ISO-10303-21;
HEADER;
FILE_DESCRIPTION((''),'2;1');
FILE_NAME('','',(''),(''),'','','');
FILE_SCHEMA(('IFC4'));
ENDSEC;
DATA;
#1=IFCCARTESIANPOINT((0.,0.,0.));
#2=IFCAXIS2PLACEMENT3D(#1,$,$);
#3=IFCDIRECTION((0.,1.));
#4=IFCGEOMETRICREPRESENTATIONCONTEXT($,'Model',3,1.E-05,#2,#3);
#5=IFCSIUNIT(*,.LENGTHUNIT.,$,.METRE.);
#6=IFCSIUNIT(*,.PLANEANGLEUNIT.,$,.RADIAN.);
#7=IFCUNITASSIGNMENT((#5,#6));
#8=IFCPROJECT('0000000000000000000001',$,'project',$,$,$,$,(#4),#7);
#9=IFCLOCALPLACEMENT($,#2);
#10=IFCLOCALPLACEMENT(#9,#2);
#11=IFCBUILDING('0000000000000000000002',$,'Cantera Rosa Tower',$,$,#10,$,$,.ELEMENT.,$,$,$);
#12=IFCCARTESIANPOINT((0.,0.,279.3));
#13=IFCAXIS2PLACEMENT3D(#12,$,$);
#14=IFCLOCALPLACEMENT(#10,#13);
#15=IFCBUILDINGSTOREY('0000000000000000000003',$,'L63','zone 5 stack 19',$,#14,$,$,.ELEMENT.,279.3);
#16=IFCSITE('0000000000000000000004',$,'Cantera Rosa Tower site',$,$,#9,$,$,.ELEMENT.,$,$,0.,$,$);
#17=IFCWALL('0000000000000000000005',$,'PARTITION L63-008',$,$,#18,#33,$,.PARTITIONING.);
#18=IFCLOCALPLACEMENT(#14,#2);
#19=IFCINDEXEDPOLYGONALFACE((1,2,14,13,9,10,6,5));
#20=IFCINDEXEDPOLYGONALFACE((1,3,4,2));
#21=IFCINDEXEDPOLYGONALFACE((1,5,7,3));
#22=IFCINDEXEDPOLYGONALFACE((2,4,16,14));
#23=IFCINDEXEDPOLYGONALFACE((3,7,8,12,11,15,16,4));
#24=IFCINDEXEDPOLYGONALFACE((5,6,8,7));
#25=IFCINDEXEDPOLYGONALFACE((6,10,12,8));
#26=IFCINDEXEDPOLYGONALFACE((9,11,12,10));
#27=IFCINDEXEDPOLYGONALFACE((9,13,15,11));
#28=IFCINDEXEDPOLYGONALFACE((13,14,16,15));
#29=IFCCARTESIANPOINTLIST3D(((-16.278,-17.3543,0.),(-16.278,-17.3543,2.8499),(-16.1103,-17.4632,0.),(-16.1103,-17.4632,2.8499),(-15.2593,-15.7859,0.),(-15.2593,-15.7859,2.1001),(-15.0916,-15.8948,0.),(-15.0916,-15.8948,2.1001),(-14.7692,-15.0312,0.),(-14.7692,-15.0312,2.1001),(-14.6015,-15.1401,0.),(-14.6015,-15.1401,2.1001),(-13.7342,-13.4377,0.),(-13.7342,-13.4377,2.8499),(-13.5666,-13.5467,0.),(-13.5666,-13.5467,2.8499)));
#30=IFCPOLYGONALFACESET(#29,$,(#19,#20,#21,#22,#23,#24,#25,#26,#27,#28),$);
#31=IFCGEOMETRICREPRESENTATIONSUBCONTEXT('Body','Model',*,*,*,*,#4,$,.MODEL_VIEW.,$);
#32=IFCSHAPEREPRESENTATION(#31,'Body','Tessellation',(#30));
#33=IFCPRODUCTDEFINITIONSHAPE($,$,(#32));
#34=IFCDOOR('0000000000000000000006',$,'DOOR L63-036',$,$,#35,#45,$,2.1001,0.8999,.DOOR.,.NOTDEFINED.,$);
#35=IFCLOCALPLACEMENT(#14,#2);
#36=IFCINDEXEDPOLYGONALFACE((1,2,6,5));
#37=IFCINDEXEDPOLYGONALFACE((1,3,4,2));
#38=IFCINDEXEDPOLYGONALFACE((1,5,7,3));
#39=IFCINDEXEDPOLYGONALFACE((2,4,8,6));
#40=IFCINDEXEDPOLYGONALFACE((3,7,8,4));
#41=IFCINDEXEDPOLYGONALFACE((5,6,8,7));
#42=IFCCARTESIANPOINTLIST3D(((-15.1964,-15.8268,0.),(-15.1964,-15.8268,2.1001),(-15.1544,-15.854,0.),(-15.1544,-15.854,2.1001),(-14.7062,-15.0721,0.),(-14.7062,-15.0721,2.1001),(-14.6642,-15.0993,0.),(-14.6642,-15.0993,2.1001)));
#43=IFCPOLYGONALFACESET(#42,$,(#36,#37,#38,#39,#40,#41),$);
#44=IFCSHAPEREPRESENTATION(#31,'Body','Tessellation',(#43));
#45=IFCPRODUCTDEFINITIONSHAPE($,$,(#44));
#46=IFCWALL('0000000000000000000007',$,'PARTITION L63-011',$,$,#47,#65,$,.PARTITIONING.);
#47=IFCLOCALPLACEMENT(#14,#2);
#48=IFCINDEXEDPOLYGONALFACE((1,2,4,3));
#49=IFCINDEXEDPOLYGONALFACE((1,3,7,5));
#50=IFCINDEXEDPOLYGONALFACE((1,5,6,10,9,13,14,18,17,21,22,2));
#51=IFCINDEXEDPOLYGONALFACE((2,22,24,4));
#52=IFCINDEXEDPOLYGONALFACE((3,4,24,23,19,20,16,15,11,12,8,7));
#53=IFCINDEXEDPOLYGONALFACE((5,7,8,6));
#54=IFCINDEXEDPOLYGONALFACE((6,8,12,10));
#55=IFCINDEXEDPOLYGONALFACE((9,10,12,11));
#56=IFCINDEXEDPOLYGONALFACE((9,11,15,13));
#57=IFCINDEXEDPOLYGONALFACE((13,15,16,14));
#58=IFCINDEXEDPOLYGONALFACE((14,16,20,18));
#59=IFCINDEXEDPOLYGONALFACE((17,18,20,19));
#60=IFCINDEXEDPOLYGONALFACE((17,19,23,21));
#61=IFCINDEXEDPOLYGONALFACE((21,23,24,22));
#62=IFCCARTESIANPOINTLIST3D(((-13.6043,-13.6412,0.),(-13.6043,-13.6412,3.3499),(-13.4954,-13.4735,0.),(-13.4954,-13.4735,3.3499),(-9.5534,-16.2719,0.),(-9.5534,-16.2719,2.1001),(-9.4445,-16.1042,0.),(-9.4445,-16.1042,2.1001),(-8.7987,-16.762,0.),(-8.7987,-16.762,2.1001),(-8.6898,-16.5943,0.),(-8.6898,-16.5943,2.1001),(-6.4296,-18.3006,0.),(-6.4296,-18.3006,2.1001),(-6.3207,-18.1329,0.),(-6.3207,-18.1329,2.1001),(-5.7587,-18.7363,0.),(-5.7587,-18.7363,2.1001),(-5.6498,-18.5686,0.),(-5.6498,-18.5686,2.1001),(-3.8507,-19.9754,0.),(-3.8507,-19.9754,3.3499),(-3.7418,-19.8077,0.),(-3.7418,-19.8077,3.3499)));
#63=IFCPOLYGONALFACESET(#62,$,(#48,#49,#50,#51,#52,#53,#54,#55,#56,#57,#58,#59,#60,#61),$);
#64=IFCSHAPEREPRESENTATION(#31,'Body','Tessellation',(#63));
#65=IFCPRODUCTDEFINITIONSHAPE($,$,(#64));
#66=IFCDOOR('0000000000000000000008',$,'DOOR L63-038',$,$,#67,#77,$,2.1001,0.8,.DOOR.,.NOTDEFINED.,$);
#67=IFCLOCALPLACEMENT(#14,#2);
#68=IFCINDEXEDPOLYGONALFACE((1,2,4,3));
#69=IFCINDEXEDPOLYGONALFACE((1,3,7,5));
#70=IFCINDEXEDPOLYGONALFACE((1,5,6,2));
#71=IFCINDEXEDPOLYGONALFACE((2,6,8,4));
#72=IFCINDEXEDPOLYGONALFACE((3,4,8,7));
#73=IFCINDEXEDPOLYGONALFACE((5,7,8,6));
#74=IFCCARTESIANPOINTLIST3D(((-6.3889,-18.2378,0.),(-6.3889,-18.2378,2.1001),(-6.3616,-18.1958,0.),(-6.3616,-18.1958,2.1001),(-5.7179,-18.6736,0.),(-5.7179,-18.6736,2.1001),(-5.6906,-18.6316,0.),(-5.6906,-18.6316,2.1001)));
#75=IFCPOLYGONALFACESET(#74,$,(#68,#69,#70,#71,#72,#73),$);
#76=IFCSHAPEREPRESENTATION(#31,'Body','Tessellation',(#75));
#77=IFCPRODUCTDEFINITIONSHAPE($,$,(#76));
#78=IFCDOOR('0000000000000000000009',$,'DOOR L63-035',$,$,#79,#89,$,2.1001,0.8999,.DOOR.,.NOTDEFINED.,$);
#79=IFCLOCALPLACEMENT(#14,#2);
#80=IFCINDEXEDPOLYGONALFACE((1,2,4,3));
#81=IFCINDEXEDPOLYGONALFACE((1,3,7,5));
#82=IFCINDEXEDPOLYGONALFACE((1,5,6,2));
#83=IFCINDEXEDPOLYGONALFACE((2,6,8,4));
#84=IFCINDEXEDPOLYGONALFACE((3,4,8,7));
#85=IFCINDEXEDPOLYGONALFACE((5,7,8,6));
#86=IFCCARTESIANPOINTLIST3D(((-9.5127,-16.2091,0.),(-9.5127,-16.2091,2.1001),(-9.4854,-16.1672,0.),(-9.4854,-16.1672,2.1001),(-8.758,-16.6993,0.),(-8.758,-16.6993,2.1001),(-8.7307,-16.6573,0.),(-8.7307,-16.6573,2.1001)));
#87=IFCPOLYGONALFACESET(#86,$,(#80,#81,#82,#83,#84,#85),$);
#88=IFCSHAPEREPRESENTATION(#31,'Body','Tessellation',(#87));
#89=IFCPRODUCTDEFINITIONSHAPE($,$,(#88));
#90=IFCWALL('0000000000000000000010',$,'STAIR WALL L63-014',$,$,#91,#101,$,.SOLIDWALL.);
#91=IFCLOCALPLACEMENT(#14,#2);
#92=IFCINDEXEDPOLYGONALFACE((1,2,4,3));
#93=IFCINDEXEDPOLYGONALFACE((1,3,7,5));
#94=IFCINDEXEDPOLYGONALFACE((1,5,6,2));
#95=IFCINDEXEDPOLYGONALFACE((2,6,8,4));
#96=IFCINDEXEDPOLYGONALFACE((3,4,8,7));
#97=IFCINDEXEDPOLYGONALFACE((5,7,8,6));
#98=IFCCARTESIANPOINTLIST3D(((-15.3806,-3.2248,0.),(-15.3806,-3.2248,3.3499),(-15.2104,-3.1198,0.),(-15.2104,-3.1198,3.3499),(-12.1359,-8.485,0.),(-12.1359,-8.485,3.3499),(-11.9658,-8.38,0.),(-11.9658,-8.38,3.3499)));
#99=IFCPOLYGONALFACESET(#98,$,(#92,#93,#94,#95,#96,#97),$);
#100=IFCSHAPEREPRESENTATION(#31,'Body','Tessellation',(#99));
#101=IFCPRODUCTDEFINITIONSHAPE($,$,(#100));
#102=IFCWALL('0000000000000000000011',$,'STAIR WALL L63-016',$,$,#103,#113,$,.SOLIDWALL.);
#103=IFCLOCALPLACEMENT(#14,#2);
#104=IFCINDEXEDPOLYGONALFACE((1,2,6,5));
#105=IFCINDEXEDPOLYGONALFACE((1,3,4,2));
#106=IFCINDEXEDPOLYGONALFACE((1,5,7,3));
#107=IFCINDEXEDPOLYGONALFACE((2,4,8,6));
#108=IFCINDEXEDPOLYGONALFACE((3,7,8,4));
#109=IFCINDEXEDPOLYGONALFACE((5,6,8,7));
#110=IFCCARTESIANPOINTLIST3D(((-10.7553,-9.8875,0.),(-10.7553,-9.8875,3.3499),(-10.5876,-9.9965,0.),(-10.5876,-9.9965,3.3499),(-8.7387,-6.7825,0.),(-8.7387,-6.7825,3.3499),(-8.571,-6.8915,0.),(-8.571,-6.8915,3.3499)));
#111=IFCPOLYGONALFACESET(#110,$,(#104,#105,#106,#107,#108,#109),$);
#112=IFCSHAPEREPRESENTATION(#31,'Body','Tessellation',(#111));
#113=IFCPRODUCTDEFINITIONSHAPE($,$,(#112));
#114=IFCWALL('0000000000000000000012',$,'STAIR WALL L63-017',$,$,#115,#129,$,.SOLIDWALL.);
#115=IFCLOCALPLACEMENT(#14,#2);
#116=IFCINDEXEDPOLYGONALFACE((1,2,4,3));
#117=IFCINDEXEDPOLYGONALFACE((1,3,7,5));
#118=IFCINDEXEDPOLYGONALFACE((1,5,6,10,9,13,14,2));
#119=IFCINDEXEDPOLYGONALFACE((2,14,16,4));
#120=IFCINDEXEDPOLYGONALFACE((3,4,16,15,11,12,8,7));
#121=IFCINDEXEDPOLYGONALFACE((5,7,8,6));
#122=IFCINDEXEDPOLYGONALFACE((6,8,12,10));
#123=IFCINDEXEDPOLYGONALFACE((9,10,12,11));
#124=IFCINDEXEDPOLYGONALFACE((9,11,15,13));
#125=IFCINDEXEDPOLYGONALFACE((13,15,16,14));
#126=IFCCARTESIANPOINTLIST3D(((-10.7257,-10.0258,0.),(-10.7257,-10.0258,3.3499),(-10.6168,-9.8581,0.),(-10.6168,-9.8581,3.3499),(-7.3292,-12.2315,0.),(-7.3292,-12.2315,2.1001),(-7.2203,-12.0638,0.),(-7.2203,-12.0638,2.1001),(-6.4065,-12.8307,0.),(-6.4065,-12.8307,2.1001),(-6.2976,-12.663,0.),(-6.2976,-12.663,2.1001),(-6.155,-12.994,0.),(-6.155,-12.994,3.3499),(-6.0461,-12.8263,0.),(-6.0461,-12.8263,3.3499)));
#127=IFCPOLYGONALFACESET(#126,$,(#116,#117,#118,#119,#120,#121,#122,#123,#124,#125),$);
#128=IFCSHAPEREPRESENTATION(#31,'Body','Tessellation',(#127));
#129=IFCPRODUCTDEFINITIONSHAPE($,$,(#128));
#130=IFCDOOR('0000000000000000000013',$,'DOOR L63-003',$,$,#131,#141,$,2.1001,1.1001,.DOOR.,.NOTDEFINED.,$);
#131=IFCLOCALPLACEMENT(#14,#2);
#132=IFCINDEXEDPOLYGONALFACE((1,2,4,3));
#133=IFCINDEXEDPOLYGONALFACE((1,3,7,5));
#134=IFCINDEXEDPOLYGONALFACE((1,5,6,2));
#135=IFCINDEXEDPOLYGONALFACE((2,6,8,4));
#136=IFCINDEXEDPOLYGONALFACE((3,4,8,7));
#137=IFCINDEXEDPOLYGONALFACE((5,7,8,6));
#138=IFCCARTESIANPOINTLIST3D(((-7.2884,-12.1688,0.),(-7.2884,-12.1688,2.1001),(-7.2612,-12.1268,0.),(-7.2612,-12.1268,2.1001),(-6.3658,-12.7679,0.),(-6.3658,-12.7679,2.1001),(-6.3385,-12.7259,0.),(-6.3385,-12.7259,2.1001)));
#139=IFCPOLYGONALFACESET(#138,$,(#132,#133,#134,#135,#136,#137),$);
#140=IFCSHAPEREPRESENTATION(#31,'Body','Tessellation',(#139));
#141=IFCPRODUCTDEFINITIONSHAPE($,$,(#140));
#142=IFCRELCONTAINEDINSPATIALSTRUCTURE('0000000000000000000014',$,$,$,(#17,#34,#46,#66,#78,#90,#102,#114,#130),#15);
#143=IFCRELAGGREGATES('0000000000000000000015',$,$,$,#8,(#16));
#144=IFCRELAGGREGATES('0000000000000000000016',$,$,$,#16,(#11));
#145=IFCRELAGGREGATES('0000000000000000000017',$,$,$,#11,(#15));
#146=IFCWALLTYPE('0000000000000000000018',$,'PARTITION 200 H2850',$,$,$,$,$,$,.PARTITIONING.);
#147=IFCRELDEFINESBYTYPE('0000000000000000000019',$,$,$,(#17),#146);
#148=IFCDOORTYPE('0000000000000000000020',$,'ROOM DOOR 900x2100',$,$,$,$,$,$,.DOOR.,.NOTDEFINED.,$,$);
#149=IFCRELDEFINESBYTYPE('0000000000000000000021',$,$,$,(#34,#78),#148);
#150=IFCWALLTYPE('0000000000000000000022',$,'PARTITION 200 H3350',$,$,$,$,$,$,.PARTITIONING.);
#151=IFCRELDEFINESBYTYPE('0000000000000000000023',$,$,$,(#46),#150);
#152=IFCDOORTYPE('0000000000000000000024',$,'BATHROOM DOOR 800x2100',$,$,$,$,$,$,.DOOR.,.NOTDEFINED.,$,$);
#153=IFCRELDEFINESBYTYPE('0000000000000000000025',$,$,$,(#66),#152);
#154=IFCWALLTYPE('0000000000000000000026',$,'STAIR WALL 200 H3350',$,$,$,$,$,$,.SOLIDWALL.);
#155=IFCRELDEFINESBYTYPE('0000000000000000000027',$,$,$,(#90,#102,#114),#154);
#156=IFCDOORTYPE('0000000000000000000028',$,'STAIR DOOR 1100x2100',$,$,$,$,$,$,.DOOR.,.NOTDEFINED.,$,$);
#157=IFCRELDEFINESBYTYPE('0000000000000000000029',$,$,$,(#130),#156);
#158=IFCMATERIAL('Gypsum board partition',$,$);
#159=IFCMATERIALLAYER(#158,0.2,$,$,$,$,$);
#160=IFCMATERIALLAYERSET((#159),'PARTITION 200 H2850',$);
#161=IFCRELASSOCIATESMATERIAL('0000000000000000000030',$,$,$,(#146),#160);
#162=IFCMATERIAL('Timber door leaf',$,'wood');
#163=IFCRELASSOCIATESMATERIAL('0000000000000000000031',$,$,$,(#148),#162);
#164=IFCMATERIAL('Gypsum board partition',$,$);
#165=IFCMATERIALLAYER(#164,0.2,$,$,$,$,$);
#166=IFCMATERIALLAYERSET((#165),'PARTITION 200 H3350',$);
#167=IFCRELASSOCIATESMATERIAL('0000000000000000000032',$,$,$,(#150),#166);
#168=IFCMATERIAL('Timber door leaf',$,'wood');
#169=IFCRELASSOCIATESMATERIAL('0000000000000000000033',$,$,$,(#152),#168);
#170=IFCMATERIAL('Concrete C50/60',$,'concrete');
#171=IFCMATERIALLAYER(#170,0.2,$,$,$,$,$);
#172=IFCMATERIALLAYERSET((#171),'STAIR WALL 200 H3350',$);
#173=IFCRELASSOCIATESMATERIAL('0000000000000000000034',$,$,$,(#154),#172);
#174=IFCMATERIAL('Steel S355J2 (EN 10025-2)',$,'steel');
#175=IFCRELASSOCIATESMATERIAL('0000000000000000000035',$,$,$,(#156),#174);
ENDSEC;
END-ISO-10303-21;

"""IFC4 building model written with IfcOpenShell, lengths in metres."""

from ifc_helpers import new_model, si_unit, direction, frame, frame_2d, origin, place, context, subcontext, project, spatial, rectangle, extrude, material, layer, layer_set, type_object, element, fill, save


model = new_model("IFC4")

# Units and contexts
model_context = context("Model", 3, precision=1e-05, world=origin(), true_north=direction((0.0, 1.0)))
body_context = subcontext(model_context, "Body", "Model", "MODEL_VIEW")
ifc_project = project(units=[si_unit("LENGTHUNIT", "METRE"), si_unit("PLANEANGLEUNIT", "RADIAN")], contexts=[model_context])

# Site, building, storey
site_placement = place(None, origin())
site = spatial("IfcSite", under=ifc_project, at=site_placement, Name="Cantera Rosa Tower site", CompositionType="ELEMENT", RefElevation=0.0)
building_placement = place(site_placement, origin())
building = spatial("IfcBuilding", under=site, at=building_placement, Name="Cantera Rosa Tower", CompositionType="ELEMENT")
storey_placement = place(building_placement, frame((0.0, 0.0, 279.3)))
storey = spatial("IfcBuildingStorey", under=building, at=storey_placement, Name="L63", Description="zone 5 stack 19", CompositionType="ELEMENT", Elevation=279.3)

# Wall, opening, door
ifc_material_1 = material(Name="Gypsum board partition")
ifc_layer_1 = layer(ifc_material_1, 0.2)
ifc_layer_set_1 = layer_set([ifc_layer_1], Name="PARTITION 200 H2850")
wall_type_1 = type_object("IfcWallType", Name="PARTITION 200 H2850", PredefinedType="PARTITIONING", material=ifc_layer_set_1)
wall_1_placement = place(storey_placement, frame((-16.1941, -17.4087, 0.0), z_axis=(0.0, 0.0, 1.0), x_axis=(0.544683, 0.838642, 0.0)))
wall_1 = element("IfcWall", 1, at=wall_1_placement, inside=storey, type_object=wall_type_1, Name="PARTITION L63-008", PredefinedType="PARTITIONING", context=body_context, shape_type="SweptSolid", body=[
    extrude(rectangle(XDim=4.6702, YDim=0.2, at=frame_2d((2.335, 0.0))), origin(), (0.0, 0.0, 1.0), 2.8499),
])
opening_1_placement = place(wall_1_placement, frame((1.8701, 0.0, 0.0)))
opening_1 = element("IfcOpeningElement", 2, at=opening_1_placement, cuts=wall_1, PredefinedType="OPENING", context=body_context, shape_type="SweptSolid", body=[
    extrude(rectangle(XDim=0.8999, YDim=2.1001, at=frame_2d((0.45, 1.05))), frame((0.0, 0.1099, 0.0), z_axis=(0.0, -1.0, 0.0), x_axis=(1.0, 0.0, 0.0)), (0.0, 0.0, 1.0), 0.22),
])
ifc_material_2 = material(Name="Timber door leaf", Category="wood")
door_type_1 = type_object("IfcDoorType", Name="ROOM DOOR 900x2100", OperationType="NOTDEFINED", PredefinedType="DOOR", material=ifc_material_2)
door_1_placement = place(opening_1_placement, origin())
door_1 = element("IfcDoor", 3, at=door_1_placement, inside=storey, type_object=door_type_1, Name="DOOR L63-036", OperationType="NOTDEFINED", OverallHeight=2.1001, OverallWidth=0.8999, PredefinedType="DOOR", context=body_context, shape_type="SweptSolid", body=[
    extrude(rectangle(XDim=0.8999, YDim=2.1001, at=frame_2d((0.45, 1.05))), frame((0.0, 0.0249, 0.0), z_axis=(0.0, -1.0, 0.0), x_axis=(1.0, 0.0, 0.0)), (0.0, 0.0, 1.0), 0.05),
])
fill(opening_1, door_1)

# Wall, openings, doors
ifc_material_3 = material(Name="Gypsum board partition")
ifc_layer_2 = layer(ifc_material_3, 0.2)
ifc_layer_set_2 = layer_set([ifc_layer_2], Name="PARTITION 200 H3350")
wall_type_2 = type_object("IfcWallType", Name="PARTITION 200 H3350", PredefinedType="PARTITIONING", material=ifc_layer_set_2)
wall_2_placement = place(storey_placement, frame((-13.5498, -13.5574, 0.0), z_axis=(0.0, 0.0, 1.0), x_axis=(0.838666, -0.544647, 0.0)))
wall_2 = element("IfcWall", 4, at=wall_2_placement, inside=storey, type_object=wall_type_2, Name="PARTITION L63-011", PredefinedType="PARTITIONING", context=body_context, shape_type="SweptSolid", body=[
    extrude(rectangle(XDim=11.6299, YDim=0.2, at=frame_2d((5.8149, 0.0))), origin(), (0.0, 0.0, 1.0), 3.3499),
])
opening_2_placement = place(wall_2_placement, frame((4.8301, 0.0, 0.0)))
opening_2 = element("IfcOpeningElement", 5, at=opening_2_placement, cuts=wall_2, PredefinedType="OPENING", context=body_context, shape_type="SweptSolid", body=[
    extrude(rectangle(XDim=0.8999, YDim=2.1001, at=frame_2d((0.45, 1.05))), frame((0.0, 0.1099, 0.0), z_axis=(0.0, -1.0, 0.0), x_axis=(1.0, 0.0, 0.0)), (0.0, 0.0, 1.0), 0.22),
])
opening_3_placement = place(wall_2_placement, frame((8.5549, 0.0, 0.0)))
opening_3 = element("IfcOpeningElement", 6, at=opening_3_placement, cuts=wall_2, PredefinedType="OPENING", context=body_context, shape_type="SweptSolid", body=[
    extrude(rectangle(XDim=0.8, YDim=2.1001, at=frame_2d((0.3999, 1.05))), frame((0.0, 0.1099, 0.0), z_axis=(0.0, -1.0, 0.0), x_axis=(1.0, 0.0, 0.0)), (0.0, 0.0, 1.0), 0.22),
])
ifc_material_4 = material(Name="Timber door leaf", Category="wood")
door_type_2 = type_object("IfcDoorType", Name="BATHROOM DOOR 800x2100", OperationType="NOTDEFINED", PredefinedType="DOOR", material=ifc_material_4)
door_2_placement = place(opening_3_placement, origin())
door_2 = element("IfcDoor", 7, at=door_2_placement, inside=storey, type_object=door_type_2, Name="DOOR L63-038", OperationType="NOTDEFINED", OverallHeight=2.1001, OverallWidth=0.8, PredefinedType="DOOR", context=body_context, shape_type="SweptSolid", body=[
    extrude(rectangle(XDim=0.8, YDim=2.1001, at=frame_2d((0.3999, 1.05))), frame((0.0, 0.0249, 0.0), z_axis=(0.0, -1.0, 0.0), x_axis=(1.0, 0.0, 0.0)), (0.0, 0.0, 1.0), 0.05),
])
fill(opening_3, door_2)
door_3_placement = place(opening_2_placement, origin())
door_3 = element("IfcDoor", 8, at=door_3_placement, inside=storey, type_object=door_type_1, Name="DOOR L63-035", OperationType="NOTDEFINED", OverallHeight=2.1001, OverallWidth=0.8999, PredefinedType="DOOR", context=body_context, shape_type="SweptSolid", body=[
    extrude(rectangle(XDim=0.8999, YDim=2.1001, at=frame_2d((0.45, 1.05))), frame((0.0, 0.0249, 0.0), z_axis=(0.0, -1.0, 0.0), x_axis=(1.0, 0.0, 0.0)), (0.0, 0.0, 1.0), 0.05),
])
fill(opening_2, door_3)

# Walls
ifc_material_5 = material(Name="Concrete C50/60", Category="concrete")
ifc_layer_3 = layer(ifc_material_5, 0.2)
ifc_layer_set_3 = layer_set([ifc_layer_3], Name="STAIR WALL 200 H3350")
wall_type_3 = type_object("IfcWallType", Name="STAIR WALL 200 H3350", PredefinedType="SOLIDWALL", material=ifc_layer_set_3)
wall_3_placement = place(storey_placement, frame((-12.0508, -8.4326, 0.0), z_axis=(0.0, 0.0, 1.0), x_axis=(-0.524983, 0.851113, 0.0)))
element("IfcWall", 9, at=wall_3_placement, inside=storey, type_object=wall_type_3, Name="STAIR WALL L63-014", PredefinedType="SOLIDWALL", context=body_context, shape_type="SweptSolid", body=[
    extrude(rectangle(XDim=6.1804, YDim=0.2, at=frame_2d((3.0903, 0.0))), origin(), (0.0, 0.0, 1.0), 3.3499),
])
wall_4_placement = place(storey_placement, frame((-10.6714, -9.9419, 0.0), z_axis=(0.0, 0.0, 1.0), x_axis=(0.544678, 0.838645, 0.0)))
element("IfcWall", 10, at=wall_4_placement, inside=storey, type_object=wall_type_3, Name="STAIR WALL L63-016", PredefinedType="SOLIDWALL", context=body_context, shape_type="SweptSolid", body=[
    extrude(rectangle(XDim=3.7024, YDim=0.2, at=frame_2d((1.8511, 0.0))), origin(), (0.0, 0.0, 1.0), 3.3499),
])

# Wall, opening, door
wall_5_placement = place(storey_placement, frame((-10.6714, -9.9419, 0.0), z_axis=(0.0, 0.0, 1.0), x_axis=(0.838675, -0.544632, 0.0)))
wall_5 = element("IfcWall", 11, at=wall_5_placement, inside=storey, type_object=wall_type_3, Name="STAIR WALL L63-017", PredefinedType="SOLIDWALL", context=body_context, shape_type="SweptSolid", body=[
    extrude(rectangle(XDim=5.45, YDim=0.2, at=frame_2d((2.7251, 0.0))), origin(), (0.0, 0.0, 1.0), 3.3499),
])
opening_4_placement = place(wall_5_placement, frame((4.05, 0.0, 0.0)))
opening_4 = element("IfcOpeningElement", 12, at=opening_4_placement, cuts=wall_5, PredefinedType="OPENING", context=body_context, shape_type="SweptSolid", body=[
    extrude(rectangle(XDim=1.1001, YDim=2.1001, at=frame_2d((0.55, 1.05))), frame((0.0, 0.1099, 0.0), z_axis=(0.0, -1.0, 0.0), x_axis=(1.0, 0.0, 0.0)), (0.0, 0.0, 1.0), 0.22),
])
ifc_material_6 = material(Name="Steel S355J2 (EN 10025-2)", Category="steel")
door_type_3 = type_object("IfcDoorType", Name="STAIR DOOR 1100x2100", OperationType="NOTDEFINED", PredefinedType="DOOR", material=ifc_material_6)
door_4_placement = place(opening_4_placement, origin())
door_4 = element("IfcDoor", 13, at=door_4_placement, inside=storey, type_object=door_type_3, Name="DOOR L63-003", OperationType="NOTDEFINED", OverallHeight=2.1001, OverallWidth=1.1001, PredefinedType="DOOR", context=body_context, shape_type="SweptSolid", body=[
    extrude(rectangle(XDim=1.1001, YDim=2.1001, at=frame_2d((0.55, 1.05))), frame((0.0, 0.0249, 0.0), z_axis=(0.0, -1.0, 0.0), x_axis=(1.0, 0.0, 0.0)), (0.0, 0.0, 1.0), 0.05),
])
fill(opening_4, door_4)

save(model, "model.ifc")
